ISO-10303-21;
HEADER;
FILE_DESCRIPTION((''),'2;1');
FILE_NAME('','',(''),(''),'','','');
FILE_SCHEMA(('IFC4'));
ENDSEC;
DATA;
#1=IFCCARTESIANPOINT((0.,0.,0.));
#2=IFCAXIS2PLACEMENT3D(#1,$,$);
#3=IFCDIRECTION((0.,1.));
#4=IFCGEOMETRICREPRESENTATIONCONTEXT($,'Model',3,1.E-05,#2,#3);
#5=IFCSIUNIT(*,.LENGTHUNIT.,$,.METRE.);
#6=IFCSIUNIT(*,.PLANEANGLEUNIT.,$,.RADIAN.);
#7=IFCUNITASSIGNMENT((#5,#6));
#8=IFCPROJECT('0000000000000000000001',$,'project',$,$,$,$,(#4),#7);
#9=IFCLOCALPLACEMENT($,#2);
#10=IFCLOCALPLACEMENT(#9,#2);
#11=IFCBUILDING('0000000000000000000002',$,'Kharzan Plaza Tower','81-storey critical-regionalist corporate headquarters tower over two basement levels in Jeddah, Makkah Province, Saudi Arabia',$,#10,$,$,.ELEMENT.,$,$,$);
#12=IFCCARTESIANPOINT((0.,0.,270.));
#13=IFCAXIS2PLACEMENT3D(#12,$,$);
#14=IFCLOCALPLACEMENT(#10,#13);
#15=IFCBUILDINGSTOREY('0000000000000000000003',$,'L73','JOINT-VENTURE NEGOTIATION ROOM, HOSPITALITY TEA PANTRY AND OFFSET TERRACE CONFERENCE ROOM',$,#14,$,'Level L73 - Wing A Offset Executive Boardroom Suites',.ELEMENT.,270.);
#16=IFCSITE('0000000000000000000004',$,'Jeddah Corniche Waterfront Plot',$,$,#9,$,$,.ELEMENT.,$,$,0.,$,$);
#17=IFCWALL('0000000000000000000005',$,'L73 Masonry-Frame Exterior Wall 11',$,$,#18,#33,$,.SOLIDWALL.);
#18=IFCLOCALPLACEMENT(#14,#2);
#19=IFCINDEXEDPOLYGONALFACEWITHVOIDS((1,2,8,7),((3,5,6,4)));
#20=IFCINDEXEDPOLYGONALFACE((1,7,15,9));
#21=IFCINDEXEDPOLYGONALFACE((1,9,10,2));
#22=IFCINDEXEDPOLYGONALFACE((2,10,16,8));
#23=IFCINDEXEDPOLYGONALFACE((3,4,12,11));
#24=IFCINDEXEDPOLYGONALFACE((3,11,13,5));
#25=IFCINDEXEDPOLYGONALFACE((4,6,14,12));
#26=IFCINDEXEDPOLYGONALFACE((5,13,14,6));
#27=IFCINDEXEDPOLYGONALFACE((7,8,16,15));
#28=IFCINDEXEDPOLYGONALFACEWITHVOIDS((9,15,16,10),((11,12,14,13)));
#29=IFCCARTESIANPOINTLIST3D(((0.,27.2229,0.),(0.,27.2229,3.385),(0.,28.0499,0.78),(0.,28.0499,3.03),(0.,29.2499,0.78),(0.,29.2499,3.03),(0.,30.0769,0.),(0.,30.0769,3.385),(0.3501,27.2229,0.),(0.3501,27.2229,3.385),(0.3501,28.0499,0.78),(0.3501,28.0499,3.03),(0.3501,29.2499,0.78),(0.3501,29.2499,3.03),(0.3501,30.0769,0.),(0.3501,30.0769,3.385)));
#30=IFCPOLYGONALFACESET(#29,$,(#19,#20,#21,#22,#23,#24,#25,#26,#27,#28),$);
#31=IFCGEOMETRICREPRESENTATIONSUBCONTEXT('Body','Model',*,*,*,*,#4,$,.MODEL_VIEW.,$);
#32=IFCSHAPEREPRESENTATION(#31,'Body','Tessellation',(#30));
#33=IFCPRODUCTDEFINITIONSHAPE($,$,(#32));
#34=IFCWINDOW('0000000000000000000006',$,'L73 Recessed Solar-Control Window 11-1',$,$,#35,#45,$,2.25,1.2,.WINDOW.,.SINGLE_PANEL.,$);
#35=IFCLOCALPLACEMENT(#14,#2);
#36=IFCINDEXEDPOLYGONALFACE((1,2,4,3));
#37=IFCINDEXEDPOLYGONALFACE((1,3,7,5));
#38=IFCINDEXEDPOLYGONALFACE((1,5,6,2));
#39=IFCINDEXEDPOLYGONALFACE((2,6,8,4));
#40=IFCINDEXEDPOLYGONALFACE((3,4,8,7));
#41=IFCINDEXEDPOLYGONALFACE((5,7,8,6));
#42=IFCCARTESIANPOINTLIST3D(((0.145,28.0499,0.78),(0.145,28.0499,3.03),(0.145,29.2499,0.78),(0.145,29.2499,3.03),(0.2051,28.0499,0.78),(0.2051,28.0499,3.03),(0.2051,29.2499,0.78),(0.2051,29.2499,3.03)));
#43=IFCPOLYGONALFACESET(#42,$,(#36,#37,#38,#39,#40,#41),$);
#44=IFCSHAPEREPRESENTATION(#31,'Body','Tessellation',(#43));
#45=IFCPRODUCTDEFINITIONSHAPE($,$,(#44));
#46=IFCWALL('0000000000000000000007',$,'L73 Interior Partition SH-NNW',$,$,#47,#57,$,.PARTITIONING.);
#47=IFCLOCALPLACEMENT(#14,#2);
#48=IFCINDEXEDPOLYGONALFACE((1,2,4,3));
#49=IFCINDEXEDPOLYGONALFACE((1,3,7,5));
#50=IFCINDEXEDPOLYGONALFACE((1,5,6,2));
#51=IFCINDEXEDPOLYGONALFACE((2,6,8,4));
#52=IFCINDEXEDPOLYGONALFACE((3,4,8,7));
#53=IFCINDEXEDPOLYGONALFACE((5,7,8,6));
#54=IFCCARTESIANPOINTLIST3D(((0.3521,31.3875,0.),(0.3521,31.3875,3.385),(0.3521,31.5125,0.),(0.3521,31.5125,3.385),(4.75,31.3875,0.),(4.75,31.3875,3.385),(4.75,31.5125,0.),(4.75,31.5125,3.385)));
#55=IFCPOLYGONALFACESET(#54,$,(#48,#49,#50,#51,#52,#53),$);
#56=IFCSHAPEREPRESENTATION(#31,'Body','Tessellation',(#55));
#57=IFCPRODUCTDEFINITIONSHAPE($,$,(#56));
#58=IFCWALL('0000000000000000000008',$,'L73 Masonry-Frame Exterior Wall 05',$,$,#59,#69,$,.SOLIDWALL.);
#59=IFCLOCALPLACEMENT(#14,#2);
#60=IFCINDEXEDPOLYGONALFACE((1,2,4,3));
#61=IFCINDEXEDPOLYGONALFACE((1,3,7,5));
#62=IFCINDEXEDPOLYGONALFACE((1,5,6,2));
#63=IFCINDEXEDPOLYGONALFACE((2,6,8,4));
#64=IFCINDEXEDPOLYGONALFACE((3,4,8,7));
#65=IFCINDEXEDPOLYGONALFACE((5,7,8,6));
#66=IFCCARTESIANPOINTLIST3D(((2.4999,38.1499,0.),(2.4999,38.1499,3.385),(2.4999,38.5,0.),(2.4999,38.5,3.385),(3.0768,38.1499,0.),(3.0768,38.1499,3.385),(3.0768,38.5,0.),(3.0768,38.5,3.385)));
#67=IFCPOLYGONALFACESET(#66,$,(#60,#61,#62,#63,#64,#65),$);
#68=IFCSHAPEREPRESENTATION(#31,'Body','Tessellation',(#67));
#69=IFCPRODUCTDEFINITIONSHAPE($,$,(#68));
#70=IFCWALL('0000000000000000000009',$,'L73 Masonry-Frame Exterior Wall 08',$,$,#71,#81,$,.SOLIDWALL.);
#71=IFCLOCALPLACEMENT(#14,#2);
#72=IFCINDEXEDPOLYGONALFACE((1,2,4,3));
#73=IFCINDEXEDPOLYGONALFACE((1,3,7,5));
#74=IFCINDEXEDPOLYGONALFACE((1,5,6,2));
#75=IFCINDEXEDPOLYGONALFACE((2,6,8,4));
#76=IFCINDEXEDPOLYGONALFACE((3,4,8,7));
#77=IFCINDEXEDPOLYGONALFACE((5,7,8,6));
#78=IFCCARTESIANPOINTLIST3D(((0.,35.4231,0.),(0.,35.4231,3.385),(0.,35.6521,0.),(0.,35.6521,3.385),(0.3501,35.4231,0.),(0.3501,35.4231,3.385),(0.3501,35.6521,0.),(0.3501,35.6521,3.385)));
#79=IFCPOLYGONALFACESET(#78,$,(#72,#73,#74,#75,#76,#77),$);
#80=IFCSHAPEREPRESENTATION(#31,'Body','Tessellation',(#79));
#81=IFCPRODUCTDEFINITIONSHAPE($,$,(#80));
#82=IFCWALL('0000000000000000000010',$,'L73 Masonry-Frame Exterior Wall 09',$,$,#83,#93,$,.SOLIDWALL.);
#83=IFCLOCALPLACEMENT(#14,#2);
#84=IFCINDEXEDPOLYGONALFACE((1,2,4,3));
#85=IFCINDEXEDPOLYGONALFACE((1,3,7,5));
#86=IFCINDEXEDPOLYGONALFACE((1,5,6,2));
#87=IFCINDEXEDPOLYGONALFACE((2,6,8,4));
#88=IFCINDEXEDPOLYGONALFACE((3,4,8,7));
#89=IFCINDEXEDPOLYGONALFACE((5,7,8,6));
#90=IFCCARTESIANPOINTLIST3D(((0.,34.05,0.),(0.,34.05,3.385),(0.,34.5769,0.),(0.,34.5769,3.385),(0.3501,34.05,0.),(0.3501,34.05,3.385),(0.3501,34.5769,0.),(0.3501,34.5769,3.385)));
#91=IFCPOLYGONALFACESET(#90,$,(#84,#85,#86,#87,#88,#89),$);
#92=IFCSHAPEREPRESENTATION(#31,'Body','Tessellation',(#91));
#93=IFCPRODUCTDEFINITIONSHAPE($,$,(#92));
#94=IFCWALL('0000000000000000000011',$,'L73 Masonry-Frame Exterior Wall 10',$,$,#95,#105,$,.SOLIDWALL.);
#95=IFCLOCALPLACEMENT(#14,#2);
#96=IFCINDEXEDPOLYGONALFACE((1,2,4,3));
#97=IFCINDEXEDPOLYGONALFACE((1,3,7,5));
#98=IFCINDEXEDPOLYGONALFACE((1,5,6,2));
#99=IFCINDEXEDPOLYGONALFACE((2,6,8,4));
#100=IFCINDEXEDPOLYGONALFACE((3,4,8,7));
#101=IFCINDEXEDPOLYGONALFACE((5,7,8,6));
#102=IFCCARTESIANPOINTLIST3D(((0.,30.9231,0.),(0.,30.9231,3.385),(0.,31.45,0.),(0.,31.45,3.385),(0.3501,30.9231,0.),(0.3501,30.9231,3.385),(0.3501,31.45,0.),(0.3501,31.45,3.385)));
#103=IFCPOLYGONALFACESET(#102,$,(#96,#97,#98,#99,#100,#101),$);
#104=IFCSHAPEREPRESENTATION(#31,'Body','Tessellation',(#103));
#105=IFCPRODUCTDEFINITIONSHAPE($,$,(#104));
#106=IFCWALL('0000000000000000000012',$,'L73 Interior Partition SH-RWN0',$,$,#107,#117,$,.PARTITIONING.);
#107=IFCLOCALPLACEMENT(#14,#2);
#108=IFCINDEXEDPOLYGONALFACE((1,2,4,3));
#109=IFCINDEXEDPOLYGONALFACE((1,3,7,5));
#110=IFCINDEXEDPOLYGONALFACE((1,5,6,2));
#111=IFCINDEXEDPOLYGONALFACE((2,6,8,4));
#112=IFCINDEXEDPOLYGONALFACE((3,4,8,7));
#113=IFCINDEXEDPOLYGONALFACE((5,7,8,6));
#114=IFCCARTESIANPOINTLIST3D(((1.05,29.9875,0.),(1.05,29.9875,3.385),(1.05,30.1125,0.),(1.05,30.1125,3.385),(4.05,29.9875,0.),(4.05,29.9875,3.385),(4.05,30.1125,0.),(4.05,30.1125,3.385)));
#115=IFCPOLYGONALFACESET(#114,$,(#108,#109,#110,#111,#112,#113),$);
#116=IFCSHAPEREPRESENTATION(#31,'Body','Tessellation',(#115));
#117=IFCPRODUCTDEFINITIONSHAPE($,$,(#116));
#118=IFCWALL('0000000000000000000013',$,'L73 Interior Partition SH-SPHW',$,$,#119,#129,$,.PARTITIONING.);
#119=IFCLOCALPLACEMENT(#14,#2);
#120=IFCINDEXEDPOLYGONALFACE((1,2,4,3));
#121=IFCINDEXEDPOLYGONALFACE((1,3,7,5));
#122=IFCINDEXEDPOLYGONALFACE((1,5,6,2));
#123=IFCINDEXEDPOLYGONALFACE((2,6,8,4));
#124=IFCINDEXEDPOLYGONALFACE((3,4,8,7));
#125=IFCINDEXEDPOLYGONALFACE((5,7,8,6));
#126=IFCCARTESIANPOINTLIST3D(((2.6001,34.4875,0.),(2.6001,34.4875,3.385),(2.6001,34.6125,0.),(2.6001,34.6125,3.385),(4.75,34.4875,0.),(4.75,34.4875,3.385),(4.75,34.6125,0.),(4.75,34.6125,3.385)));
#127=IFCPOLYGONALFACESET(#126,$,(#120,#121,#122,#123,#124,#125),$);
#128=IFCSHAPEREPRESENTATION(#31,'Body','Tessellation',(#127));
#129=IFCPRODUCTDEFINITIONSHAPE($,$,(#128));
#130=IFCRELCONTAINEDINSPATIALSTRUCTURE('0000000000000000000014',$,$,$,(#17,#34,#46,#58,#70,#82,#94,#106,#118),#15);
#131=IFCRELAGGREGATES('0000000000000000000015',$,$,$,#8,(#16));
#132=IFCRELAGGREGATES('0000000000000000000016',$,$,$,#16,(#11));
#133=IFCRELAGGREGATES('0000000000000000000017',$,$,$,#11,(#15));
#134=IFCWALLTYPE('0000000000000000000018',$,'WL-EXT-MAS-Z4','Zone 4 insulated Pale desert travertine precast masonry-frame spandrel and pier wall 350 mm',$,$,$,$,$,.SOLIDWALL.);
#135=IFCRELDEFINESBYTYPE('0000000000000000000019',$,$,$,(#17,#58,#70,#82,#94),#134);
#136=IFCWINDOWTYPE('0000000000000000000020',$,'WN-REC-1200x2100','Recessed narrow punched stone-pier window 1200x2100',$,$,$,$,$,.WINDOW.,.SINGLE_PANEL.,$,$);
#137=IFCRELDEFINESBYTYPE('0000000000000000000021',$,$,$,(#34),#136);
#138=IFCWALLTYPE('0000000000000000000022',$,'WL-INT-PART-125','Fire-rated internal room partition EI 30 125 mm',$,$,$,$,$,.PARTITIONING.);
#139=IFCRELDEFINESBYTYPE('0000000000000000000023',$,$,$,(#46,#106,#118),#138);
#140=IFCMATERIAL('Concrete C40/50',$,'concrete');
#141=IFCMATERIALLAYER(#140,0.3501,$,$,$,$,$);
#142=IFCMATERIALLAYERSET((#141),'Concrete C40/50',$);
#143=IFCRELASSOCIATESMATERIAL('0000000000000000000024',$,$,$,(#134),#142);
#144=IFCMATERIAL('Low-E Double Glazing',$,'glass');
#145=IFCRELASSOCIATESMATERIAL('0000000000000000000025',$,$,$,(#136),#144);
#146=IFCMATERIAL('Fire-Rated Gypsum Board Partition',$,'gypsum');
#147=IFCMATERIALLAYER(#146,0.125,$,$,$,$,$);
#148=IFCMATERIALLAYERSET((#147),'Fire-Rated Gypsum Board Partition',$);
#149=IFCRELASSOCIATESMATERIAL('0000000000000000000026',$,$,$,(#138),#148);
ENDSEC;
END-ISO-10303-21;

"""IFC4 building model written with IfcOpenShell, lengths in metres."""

from ifc_helpers import new_model, si_unit, direction, frame, frame_2d, origin, place, context, subcontext, project, spatial, rectangle, extrude, source, transform, mapped, material, layer, layer_set, type_object, element, fill, save


model = new_model("IFC4")

# Units and contexts
model_context = context("Model", 3, precision=1e-05, world=origin(), true_north=direction((0.0, 1.0)))
body_context = subcontext(model_context, "Body", "Model", "MODEL_VIEW")
ifc_project = project(units=[si_unit("LENGTHUNIT", "METRE"), si_unit("PLANEANGLEUNIT", "RADIAN")], contexts=[model_context])

# Site, building, storey
site_placement = place(None, origin())
site = spatial("IfcSite", under=ifc_project, at=site_placement, Name="Jeddah Corniche Waterfront Plot", CompositionType="ELEMENT", RefElevation=0.0)
building_placement = place(site_placement, origin())
building = spatial("IfcBuilding", under=site, at=building_placement, Name="Kharzan Plaza Tower", Description="81-storey critical-regionalist corporate headquarters tower over two basement levels in Jeddah, Makkah Province, Saudi Arabia", CompositionType="ELEMENT")
storey_placement = place(building_placement, frame((0.0, 0.0, 270.0)))
storey = spatial("IfcBuildingStorey", under=building, at=storey_placement, Name="L73", Description="JOINT-VENTURE NEGOTIATION ROOM, HOSPITALITY TEA PANTRY AND OFFSET TERRACE CONFERENCE ROOM", LongName="Level L73 - Wing A Offset Executive Boardroom Suites", CompositionType="ELEMENT", Elevation=270.0)

# Wall, opening, window
ifc_material_1 = material(Name="Concrete C40/50", Category="concrete")
ifc_layer_1 = layer(ifc_material_1, 0.3501)
ifc_layer_set_1 = layer_set([ifc_layer_1], Name="Concrete C40/50")
wall_type_1 = type_object("IfcWallType", Name="WL-EXT-MAS-Z4", Description="Zone 4 insulated Pale desert travertine precast masonry-frame spandrel and pier wall 350 mm", PredefinedType="SOLIDWALL", material=ifc_layer_set_1)
ifc_material_2 = material(Name="Low-E Double Glazing", Category="glass")
window_type = type_object("IfcWindowType", Name="WN-REC-1200x2100", Description="Recessed narrow punched stone-pier window 1200x2100", PartitioningType="SINGLE_PANEL", PredefinedType="WINDOW", material=ifc_material_2)
shared_shape_1 = source(origin(), body_context, "Body", "SweptSolid", [
    extrude(rectangle(XDim=1.2, YDim=2.25, at=frame_2d((0.6001, 1.125))), frame((0.0, 0.03, 0.0), z_axis=(0.0, -1.0, 0.0), x_axis=(1.0, 0.0, 0.0)), (0.0, 0.0, 1.0), 0.0601),
])
wall_1_placement = place(storey_placement, frame((0.175, 30.0769, 0.0), z_axis=(0.0, 0.0, 1.0), x_axis=(0.0, -1.0, 0.0)))
wall_1 = element("IfcWall", 1, at=wall_1_placement, inside=storey, type_object=wall_type_1, Name="L73 Masonry-Frame Exterior Wall 11", PredefinedType="SOLIDWALL", context=body_context, shape_type="SweptSolid", body=[
    extrude(rectangle(XDim=2.854, YDim=0.3501, at=frame_2d((1.427, 0.0))), origin(), (0.0, 0.0, 1.0), 3.385),
])
opening_1_placement = place(wall_1_placement, frame((0.8269, 0.0, 0.78)))
opening_1 = element("IfcOpeningElement", 2, at=opening_1_placement, cuts=wall_1, PredefinedType="OPENING", context=body_context, shape_type="SweptSolid", body=[
    extrude(rectangle(XDim=1.2, YDim=2.25, at=frame_2d((0.6001, 1.125))), frame((0.0, 0.1851, 0.0), z_axis=(0.0, -1.0, 0.0), x_axis=(1.0, 0.0, 0.0)), (0.0, 0.0, 1.0), 0.3701),
])
window_1_placement = place(opening_1_placement, origin())
window_1 = element("IfcWindow", 3, at=window_1_placement, inside=storey, type_object=window_type, Name="L73 Recessed Solar-Control Window 11-1", OverallHeight=2.25, OverallWidth=1.2, PartitioningType="SINGLE_PANEL", PredefinedType="WINDOW", context=body_context, shape_type="MappedRepresentation", body=[
    mapped(shared_shape_1, transform((0.0, 0.0, 0.0), x_axis=(1.0, 0.0, 0.0), y_axis=(0.0, 1.0, 0.0), z_axis=(0.0, 0.0, 1.0))),
])
fill(opening_1, window_1)

# Walls
ifc_material_3 = material(Name="Fire-Rated Gypsum Board Partition", Category="gypsum")
ifc_layer_2 = layer(ifc_material_3, 0.125)
ifc_layer_set_2 = layer_set([ifc_layer_2], Name="Fire-Rated Gypsum Board Partition")
wall_type_2 = type_object("IfcWallType", Name="WL-INT-PART-125", Description="Fire-rated internal room partition EI 30 125 mm", PredefinedType="PARTITIONING", material=ifc_layer_set_2)
shared_shape_2 = source(origin(), body_context, "Body", "SweptSolid", [
    extrude(rectangle(XDim=4.3979, YDim=0.125, at=frame_2d((2.199, 0.0))), origin(), (0.0, 0.0, 1.0), 3.385),
])
wall_2_placement = place(storey_placement, frame((0.3521, 31.45, 0.0), z_axis=(0.0, 0.0, 1.0), x_axis=(1.0, 0.0, 0.0)))
element("IfcWall", 4, at=wall_2_placement, inside=storey, type_object=wall_type_2, Name="L73 Interior Partition SH-NNW", PredefinedType="PARTITIONING", context=body_context, shape_type="MappedRepresentation", body=[
    mapped(shared_shape_2, transform((0.0, 0.0, 0.0), x_axis=(1.0, 0.0, 0.0), y_axis=(0.0, 1.0, 0.0), z_axis=(0.0, 0.0, 1.0))),
])
shared_shape_3 = source(origin(), body_context, "Body", "SweptSolid", [
    extrude(rectangle(XDim=0.5769, YDim=0.3501, at=frame_2d((0.2886, 0.0))), origin(), (0.0, 0.0, 1.0), 3.385),
])
wall_3_placement = place(storey_placement, frame((3.0769, 38.325, 0.0), z_axis=(0.0, 0.0, 1.0), x_axis=(-1.0, 0.0, 0.0)))
element("IfcWall", 5, at=wall_3_placement, inside=storey, type_object=wall_type_1, Name="L73 Masonry-Frame Exterior Wall 05", PredefinedType="SOLIDWALL", context=body_context, shape_type="MappedRepresentation", body=[
    mapped(shared_shape_3, transform((0.0, 0.0, 0.0), x_axis=(1.0, 0.0, 0.0), y_axis=(0.0, 1.0, 0.0), z_axis=(0.0, 0.0, 1.0))),
])
shared_shape_4 = source(origin(), body_context, "Body", "SweptSolid", [
    extrude(rectangle(XDim=0.229, YDim=0.3501, at=frame_2d((0.1145, 0.0))), origin(), (0.0, 0.0, 1.0), 3.385),
])
wall_4_placement = place(storey_placement, frame((0.175, 35.6521, 0.0), z_axis=(0.0, 0.0, 1.0), x_axis=(0.0, -1.0, 0.0)))
element("IfcWall", 6, at=wall_4_placement, inside=storey, type_object=wall_type_1, Name="L73 Masonry-Frame Exterior Wall 08", PredefinedType="SOLIDWALL", context=body_context, shape_type="MappedRepresentation", body=[
    mapped(shared_shape_4, transform((0.0, 0.0, 0.0), x_axis=(1.0, 0.0, 0.0), y_axis=(0.0, 1.0, 0.0), z_axis=(0.0, 0.0, 1.0))),
])
shared_shape_5 = source(origin(), body_context, "Body", "SweptSolid", [
    extrude(rectangle(XDim=0.5269, YDim=0.3501, at=frame_2d((0.2634, 0.0))), origin(), (0.0, 0.0, 1.0), 3.385),
])
for number, where, z_axis, x_axis, name in (
    (7, (0.175, 34.5769, 0.0), (0.0, 0.0, 1.0), (0.0, -1.0, 0.0), "L73 Masonry-Frame Exterior Wall 09"),
    (8, (0.175, 31.45, 0.0), (0.0, 0.0, 1.0), (0.0, -1.0, 0.0), "L73 Masonry-Frame Exterior Wall 10"),
):
    element("IfcWall", number, at=place(storey_placement, frame(where, z_axis=z_axis, x_axis=x_axis)), inside=storey, type_object=wall_type_1, Name=name, PredefinedType="SOLIDWALL", context=body_context, shape_type="MappedRepresentation", body=[
        mapped(shared_shape_5, transform((0.0, 0.0, 0.0), x_axis=(1.0, 0.0, 0.0), y_axis=(0.0, 1.0, 0.0), z_axis=(0.0, 0.0, 1.0))),
    ])
shared_shape_6 = source(origin(), body_context, "Body", "SweptSolid", [
    extrude(rectangle(XDim=3.0, YDim=0.125, at=frame_2d((1.5, 0.0))), origin(), (0.0, 0.0, 1.0), 3.385),
])
wall_5_placement = place(storey_placement, frame((1.05, 30.05, 0.0), z_axis=(0.0, 0.0, 1.0), x_axis=(1.0, 0.0, 0.0)))
element("IfcWall", 9, at=wall_5_placement, inside=storey, type_object=wall_type_2, Name="L73 Interior Partition SH-RWN0", PredefinedType="PARTITIONING", context=body_context, shape_type="MappedRepresentation", body=[
    mapped(shared_shape_6, transform((0.0, 0.0, 0.0), x_axis=(1.0, 0.0, 0.0), y_axis=(0.0, 1.0, 0.0), z_axis=(0.0, 0.0, 1.0))),
])
shared_shape_7 = source(origin(), body_context, "Body", "SweptSolid", [
    extrude(rectangle(XDim=2.1499, YDim=0.125, at=frame_2d((1.075, 0.0))), origin(), (0.0, 0.0, 1.0), 3.385),
])
wall_6_placement = place(storey_placement, frame((2.6001, 34.55, 0.0), z_axis=(0.0, 0.0, 1.0), x_axis=(1.0, 0.0, 0.0)))
element("IfcWall", 10, at=wall_6_placement, inside=storey, type_object=wall_type_2, Name="L73 Interior Partition SH-SPHW", PredefinedType="PARTITIONING", context=body_context, shape_type="MappedRepresentation", body=[
    mapped(shared_shape_7, transform((0.0, 0.0, 0.0), x_axis=(1.0, 0.0, 0.0), y_axis=(0.0, 1.0, 0.0), z_axis=(0.0, 0.0, 1.0))),
])

save(model, "model.ifc")
